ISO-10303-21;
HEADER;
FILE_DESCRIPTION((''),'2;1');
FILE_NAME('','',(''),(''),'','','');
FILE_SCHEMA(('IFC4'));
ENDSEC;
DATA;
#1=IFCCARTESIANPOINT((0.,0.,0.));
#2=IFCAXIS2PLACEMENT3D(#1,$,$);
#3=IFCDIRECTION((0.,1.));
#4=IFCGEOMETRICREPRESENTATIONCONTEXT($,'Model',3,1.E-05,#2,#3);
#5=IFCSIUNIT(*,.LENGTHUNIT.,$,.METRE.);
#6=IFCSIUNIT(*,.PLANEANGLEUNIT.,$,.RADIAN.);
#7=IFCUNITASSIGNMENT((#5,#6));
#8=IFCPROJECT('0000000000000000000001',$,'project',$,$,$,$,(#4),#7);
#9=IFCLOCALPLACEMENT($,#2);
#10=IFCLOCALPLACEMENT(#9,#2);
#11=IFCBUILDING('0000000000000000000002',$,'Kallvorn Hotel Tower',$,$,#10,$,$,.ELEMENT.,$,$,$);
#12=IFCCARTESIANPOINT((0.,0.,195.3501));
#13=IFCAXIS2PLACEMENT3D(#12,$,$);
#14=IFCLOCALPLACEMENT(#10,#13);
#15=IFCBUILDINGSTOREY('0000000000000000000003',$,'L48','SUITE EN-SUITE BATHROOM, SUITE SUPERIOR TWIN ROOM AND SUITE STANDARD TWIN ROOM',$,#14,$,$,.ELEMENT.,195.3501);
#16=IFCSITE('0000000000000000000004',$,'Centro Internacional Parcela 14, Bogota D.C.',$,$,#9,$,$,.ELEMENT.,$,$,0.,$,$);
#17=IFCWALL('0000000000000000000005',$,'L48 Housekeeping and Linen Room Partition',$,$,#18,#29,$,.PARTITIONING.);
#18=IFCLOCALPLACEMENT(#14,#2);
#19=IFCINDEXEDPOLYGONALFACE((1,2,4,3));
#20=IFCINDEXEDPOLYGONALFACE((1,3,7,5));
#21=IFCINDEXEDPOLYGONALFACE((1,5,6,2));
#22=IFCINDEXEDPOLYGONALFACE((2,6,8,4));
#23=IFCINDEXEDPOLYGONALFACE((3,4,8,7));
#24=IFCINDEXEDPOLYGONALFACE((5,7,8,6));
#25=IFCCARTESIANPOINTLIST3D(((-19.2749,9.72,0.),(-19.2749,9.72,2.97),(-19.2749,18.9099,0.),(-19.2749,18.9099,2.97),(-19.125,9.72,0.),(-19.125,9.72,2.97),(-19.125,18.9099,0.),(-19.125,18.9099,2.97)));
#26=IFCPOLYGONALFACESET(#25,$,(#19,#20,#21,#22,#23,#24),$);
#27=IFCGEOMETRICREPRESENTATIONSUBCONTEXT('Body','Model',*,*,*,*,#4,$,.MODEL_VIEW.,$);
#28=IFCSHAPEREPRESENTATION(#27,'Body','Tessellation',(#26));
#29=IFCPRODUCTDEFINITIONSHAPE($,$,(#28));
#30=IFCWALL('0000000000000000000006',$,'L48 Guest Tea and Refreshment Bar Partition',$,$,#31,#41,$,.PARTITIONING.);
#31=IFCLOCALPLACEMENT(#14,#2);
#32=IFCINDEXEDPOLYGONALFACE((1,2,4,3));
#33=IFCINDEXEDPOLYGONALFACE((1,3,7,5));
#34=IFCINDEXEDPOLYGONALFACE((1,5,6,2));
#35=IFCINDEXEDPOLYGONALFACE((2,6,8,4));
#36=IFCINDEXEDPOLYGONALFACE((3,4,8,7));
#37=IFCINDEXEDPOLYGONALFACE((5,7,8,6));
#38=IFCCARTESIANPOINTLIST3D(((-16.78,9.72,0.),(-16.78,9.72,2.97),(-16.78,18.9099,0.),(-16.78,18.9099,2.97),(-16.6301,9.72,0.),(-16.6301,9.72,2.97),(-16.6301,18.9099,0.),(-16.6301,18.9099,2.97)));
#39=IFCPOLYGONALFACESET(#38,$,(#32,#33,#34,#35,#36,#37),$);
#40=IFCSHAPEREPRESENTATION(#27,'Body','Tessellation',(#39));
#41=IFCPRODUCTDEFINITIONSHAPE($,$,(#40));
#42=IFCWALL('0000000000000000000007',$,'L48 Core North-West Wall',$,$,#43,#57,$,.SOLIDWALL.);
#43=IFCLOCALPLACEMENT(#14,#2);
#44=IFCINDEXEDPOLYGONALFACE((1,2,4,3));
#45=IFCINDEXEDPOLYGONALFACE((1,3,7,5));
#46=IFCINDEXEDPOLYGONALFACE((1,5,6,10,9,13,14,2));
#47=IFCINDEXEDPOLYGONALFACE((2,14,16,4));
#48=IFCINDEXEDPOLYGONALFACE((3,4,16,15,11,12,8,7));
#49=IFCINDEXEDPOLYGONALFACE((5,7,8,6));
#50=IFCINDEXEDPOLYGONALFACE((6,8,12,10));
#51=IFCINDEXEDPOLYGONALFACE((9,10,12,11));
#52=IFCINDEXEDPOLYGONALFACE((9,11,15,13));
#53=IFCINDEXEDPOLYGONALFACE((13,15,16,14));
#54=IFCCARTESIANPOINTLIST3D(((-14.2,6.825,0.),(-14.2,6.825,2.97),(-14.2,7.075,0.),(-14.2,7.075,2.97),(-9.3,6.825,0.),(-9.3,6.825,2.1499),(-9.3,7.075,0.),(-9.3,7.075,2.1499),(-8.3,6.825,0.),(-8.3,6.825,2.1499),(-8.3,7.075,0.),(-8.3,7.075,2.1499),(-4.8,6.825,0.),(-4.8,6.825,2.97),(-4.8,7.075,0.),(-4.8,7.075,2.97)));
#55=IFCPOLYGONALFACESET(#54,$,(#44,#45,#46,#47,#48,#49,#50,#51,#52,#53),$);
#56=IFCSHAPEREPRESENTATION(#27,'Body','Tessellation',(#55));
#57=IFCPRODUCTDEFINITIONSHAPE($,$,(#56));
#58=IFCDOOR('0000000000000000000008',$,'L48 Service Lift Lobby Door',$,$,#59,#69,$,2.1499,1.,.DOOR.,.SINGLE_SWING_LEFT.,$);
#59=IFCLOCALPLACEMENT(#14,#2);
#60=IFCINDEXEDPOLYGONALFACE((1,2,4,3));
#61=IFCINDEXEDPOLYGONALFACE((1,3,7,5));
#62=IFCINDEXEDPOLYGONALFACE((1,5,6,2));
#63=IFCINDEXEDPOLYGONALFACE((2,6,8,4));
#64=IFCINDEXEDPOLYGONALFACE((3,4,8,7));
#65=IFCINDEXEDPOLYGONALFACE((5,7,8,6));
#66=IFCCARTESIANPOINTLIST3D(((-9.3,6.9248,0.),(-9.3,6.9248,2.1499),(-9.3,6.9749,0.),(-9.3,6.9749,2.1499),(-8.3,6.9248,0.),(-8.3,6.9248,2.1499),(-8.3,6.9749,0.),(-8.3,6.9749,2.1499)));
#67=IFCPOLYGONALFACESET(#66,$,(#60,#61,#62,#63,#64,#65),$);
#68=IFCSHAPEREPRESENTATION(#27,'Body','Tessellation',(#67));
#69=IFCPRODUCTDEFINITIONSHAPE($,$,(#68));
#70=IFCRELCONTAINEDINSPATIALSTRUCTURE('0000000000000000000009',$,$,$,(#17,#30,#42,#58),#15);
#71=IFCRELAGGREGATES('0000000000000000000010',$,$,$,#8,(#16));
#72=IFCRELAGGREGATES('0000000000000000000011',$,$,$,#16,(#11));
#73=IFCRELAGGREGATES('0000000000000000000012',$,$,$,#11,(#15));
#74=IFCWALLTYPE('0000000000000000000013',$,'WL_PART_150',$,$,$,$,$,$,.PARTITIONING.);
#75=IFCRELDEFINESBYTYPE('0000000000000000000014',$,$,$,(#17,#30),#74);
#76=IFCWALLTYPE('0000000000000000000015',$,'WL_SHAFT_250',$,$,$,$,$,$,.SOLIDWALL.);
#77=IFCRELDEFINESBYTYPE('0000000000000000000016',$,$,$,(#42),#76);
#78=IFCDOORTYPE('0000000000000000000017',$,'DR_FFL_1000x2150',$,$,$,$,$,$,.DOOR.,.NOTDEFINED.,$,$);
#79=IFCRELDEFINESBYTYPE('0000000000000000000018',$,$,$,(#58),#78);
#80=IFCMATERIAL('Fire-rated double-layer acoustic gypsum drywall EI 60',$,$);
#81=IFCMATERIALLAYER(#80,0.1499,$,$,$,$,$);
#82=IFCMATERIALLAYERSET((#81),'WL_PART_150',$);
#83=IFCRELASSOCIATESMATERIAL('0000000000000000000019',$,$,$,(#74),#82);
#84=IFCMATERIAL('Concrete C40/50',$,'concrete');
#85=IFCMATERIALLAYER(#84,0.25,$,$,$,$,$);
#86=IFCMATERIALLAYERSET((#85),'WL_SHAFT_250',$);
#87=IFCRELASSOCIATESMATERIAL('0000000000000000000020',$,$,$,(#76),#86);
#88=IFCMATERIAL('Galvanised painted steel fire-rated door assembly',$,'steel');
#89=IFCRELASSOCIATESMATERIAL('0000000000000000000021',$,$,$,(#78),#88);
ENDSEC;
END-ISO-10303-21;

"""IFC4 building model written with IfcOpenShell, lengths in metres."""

from ifc_helpers import new_model, si_unit, direction, frame, frame_2d, origin, place, context, subcontext, project, spatial, rectangle, extrude, material, layer, layer_set, type_object, element, fill, save


model = new_model("IFC4")

# Units and contexts
model_context = context("Model", 3, precision=1e-05, world=origin(), true_north=direction((0.0, 1.0)))
body_context = subcontext(model_context, "Body", "Model", "MODEL_VIEW")
ifc_project = project(units=[si_unit("LENGTHUNIT", "METRE"), si_unit("PLANEANGLEUNIT", "RADIAN")], contexts=[model_context])

# Site, building, storey
site_placement = place(None, origin())
site = spatial("IfcSite", under=ifc_project, at=site_placement, Name="Centro Internacional Parcela 14, Bogota D.C.", CompositionType="ELEMENT", RefElevation=0.0)
building_placement = place(site_placement, origin())
building = spatial("IfcBuilding", under=site, at=building_placement, Name="Kallvorn Hotel Tower", CompositionType="ELEMENT")
storey_placement = place(building_placement, frame((0.0, 0.0, 195.3501)))
storey = spatial("IfcBuildingStorey", under=building, at=storey_placement, Name="L48", Description="SUITE EN-SUITE BATHROOM, SUITE SUPERIOR TWIN ROOM AND SUITE STANDARD TWIN ROOM", CompositionType="ELEMENT", Elevation=195.3501)

# Walls
ifc_material_1 = material(Name="Fire-rated double-layer acoustic gypsum drywall EI 60")
ifc_layer_1 = layer(ifc_material_1, 0.1499)
ifc_layer_set_1 = layer_set([ifc_layer_1], Name="WL_PART_150")
wall_type_1 = type_object("IfcWallType", Name="WL_PART_150", PredefinedType="PARTITIONING", material=ifc_layer_set_1)
for number, where, z_axis, x_axis, name in (
    (1, (-19.2, 9.72, 0.0), (0.0, 0.0, 1.0), (0.0, 1.0, 0.0), "L48 Housekeeping and Linen Room Partition"),
    (2, (-16.7051, 9.72, 0.0), (0.0, 0.0, 1.0), (0.0, 1.0, 0.0), "L48 Guest Tea and Refreshment Bar Partition"),
):
    element("IfcWall", number, at=place(storey_placement, frame(where, z_axis=z_axis, x_axis=x_axis)), inside=storey, type_object=wall_type_1, Name=name, PredefinedType="PARTITIONING", context=body_context, shape_type="SweptSolid", body=[
        extrude(rectangle(XDim=9.1899, YDim=0.1499, at=frame_2d((4.595, 0.0))), origin(), (0.0, 0.0, 1.0), 2.97),
    ])

# Wall, opening, door
ifc_material_2 = material(Name="Concrete C40/50", Category="concrete")
ifc_layer_2 = layer(ifc_material_2, 0.25)
ifc_layer_set_2 = layer_set([ifc_layer_2], Name="WL_SHAFT_250")
wall_type_2 = type_object("IfcWallType", Name="WL_SHAFT_250", PredefinedType="SOLIDWALL", material=ifc_layer_set_2)
wall_1_placement = place(storey_placement, frame((-14.2, 6.95, 0.0), z_axis=(0.0, 0.0, 1.0), x_axis=(1.0, 0.0, 0.0)))
wall_1 = element("IfcWall", 3, at=wall_1_placement, inside=storey, type_object=wall_type_2, Name="L48 Core North-West Wall", PredefinedType="SOLIDWALL", context=body_context, shape_type="SweptSolid", body=[
    extrude(rectangle(XDim=9.3999, YDim=0.25, at=frame_2d((4.7, 0.0))), origin(), (0.0, 0.0, 1.0), 2.97),
])
opening_1_placement = place(wall_1_placement, frame((4.8999, 0.0, 0.0)))
opening_1 = element("IfcOpeningElement", 4, at=opening_1_placement, cuts=wall_1, PredefinedType="OPENING", context=body_context, shape_type="SweptSolid", body=[
    extrude(rectangle(XDim=1.0, YDim=2.1499, at=frame_2d((0.5, 1.075))), frame((0.0, 0.1399, 0.0), z_axis=(0.0, -1.0, 0.0), x_axis=(1.0, 0.0, 0.0)), (0.0, 0.0, 1.0), 0.28),
])
ifc_material_3 = material(Name="Galvanised painted steel fire-rated door assembly", Category="steel")
door_type_1 = type_object("IfcDoorType", Name="DR_FFL_1000x2150", OperationType="NOTDEFINED", PredefinedType="DOOR", material=ifc_material_3)
door_1_placement = place(opening_1_placement, origin())
door_1 = element("IfcDoor", 5, at=door_1_placement, inside=storey, type_object=door_type_1, Name="L48 Service Lift Lobby Door", OperationType="SINGLE_SWING_LEFT", OverallHeight=2.1499, OverallWidth=1.0, PredefinedType="DOOR", context=body_context, shape_type="SweptSolid", body=[
    extrude(rectangle(XDim=1.0, YDim=2.1499, at=frame_2d((0.5, 1.075))), frame((0.0, 0.0249, 0.0), z_axis=(0.0, -1.0, 0.0), x_axis=(1.0, 0.0, 0.0)), (0.0, 0.0, 1.0), 0.05),
])
fill(opening_1, door_1)

save(model, "model.ifc")
